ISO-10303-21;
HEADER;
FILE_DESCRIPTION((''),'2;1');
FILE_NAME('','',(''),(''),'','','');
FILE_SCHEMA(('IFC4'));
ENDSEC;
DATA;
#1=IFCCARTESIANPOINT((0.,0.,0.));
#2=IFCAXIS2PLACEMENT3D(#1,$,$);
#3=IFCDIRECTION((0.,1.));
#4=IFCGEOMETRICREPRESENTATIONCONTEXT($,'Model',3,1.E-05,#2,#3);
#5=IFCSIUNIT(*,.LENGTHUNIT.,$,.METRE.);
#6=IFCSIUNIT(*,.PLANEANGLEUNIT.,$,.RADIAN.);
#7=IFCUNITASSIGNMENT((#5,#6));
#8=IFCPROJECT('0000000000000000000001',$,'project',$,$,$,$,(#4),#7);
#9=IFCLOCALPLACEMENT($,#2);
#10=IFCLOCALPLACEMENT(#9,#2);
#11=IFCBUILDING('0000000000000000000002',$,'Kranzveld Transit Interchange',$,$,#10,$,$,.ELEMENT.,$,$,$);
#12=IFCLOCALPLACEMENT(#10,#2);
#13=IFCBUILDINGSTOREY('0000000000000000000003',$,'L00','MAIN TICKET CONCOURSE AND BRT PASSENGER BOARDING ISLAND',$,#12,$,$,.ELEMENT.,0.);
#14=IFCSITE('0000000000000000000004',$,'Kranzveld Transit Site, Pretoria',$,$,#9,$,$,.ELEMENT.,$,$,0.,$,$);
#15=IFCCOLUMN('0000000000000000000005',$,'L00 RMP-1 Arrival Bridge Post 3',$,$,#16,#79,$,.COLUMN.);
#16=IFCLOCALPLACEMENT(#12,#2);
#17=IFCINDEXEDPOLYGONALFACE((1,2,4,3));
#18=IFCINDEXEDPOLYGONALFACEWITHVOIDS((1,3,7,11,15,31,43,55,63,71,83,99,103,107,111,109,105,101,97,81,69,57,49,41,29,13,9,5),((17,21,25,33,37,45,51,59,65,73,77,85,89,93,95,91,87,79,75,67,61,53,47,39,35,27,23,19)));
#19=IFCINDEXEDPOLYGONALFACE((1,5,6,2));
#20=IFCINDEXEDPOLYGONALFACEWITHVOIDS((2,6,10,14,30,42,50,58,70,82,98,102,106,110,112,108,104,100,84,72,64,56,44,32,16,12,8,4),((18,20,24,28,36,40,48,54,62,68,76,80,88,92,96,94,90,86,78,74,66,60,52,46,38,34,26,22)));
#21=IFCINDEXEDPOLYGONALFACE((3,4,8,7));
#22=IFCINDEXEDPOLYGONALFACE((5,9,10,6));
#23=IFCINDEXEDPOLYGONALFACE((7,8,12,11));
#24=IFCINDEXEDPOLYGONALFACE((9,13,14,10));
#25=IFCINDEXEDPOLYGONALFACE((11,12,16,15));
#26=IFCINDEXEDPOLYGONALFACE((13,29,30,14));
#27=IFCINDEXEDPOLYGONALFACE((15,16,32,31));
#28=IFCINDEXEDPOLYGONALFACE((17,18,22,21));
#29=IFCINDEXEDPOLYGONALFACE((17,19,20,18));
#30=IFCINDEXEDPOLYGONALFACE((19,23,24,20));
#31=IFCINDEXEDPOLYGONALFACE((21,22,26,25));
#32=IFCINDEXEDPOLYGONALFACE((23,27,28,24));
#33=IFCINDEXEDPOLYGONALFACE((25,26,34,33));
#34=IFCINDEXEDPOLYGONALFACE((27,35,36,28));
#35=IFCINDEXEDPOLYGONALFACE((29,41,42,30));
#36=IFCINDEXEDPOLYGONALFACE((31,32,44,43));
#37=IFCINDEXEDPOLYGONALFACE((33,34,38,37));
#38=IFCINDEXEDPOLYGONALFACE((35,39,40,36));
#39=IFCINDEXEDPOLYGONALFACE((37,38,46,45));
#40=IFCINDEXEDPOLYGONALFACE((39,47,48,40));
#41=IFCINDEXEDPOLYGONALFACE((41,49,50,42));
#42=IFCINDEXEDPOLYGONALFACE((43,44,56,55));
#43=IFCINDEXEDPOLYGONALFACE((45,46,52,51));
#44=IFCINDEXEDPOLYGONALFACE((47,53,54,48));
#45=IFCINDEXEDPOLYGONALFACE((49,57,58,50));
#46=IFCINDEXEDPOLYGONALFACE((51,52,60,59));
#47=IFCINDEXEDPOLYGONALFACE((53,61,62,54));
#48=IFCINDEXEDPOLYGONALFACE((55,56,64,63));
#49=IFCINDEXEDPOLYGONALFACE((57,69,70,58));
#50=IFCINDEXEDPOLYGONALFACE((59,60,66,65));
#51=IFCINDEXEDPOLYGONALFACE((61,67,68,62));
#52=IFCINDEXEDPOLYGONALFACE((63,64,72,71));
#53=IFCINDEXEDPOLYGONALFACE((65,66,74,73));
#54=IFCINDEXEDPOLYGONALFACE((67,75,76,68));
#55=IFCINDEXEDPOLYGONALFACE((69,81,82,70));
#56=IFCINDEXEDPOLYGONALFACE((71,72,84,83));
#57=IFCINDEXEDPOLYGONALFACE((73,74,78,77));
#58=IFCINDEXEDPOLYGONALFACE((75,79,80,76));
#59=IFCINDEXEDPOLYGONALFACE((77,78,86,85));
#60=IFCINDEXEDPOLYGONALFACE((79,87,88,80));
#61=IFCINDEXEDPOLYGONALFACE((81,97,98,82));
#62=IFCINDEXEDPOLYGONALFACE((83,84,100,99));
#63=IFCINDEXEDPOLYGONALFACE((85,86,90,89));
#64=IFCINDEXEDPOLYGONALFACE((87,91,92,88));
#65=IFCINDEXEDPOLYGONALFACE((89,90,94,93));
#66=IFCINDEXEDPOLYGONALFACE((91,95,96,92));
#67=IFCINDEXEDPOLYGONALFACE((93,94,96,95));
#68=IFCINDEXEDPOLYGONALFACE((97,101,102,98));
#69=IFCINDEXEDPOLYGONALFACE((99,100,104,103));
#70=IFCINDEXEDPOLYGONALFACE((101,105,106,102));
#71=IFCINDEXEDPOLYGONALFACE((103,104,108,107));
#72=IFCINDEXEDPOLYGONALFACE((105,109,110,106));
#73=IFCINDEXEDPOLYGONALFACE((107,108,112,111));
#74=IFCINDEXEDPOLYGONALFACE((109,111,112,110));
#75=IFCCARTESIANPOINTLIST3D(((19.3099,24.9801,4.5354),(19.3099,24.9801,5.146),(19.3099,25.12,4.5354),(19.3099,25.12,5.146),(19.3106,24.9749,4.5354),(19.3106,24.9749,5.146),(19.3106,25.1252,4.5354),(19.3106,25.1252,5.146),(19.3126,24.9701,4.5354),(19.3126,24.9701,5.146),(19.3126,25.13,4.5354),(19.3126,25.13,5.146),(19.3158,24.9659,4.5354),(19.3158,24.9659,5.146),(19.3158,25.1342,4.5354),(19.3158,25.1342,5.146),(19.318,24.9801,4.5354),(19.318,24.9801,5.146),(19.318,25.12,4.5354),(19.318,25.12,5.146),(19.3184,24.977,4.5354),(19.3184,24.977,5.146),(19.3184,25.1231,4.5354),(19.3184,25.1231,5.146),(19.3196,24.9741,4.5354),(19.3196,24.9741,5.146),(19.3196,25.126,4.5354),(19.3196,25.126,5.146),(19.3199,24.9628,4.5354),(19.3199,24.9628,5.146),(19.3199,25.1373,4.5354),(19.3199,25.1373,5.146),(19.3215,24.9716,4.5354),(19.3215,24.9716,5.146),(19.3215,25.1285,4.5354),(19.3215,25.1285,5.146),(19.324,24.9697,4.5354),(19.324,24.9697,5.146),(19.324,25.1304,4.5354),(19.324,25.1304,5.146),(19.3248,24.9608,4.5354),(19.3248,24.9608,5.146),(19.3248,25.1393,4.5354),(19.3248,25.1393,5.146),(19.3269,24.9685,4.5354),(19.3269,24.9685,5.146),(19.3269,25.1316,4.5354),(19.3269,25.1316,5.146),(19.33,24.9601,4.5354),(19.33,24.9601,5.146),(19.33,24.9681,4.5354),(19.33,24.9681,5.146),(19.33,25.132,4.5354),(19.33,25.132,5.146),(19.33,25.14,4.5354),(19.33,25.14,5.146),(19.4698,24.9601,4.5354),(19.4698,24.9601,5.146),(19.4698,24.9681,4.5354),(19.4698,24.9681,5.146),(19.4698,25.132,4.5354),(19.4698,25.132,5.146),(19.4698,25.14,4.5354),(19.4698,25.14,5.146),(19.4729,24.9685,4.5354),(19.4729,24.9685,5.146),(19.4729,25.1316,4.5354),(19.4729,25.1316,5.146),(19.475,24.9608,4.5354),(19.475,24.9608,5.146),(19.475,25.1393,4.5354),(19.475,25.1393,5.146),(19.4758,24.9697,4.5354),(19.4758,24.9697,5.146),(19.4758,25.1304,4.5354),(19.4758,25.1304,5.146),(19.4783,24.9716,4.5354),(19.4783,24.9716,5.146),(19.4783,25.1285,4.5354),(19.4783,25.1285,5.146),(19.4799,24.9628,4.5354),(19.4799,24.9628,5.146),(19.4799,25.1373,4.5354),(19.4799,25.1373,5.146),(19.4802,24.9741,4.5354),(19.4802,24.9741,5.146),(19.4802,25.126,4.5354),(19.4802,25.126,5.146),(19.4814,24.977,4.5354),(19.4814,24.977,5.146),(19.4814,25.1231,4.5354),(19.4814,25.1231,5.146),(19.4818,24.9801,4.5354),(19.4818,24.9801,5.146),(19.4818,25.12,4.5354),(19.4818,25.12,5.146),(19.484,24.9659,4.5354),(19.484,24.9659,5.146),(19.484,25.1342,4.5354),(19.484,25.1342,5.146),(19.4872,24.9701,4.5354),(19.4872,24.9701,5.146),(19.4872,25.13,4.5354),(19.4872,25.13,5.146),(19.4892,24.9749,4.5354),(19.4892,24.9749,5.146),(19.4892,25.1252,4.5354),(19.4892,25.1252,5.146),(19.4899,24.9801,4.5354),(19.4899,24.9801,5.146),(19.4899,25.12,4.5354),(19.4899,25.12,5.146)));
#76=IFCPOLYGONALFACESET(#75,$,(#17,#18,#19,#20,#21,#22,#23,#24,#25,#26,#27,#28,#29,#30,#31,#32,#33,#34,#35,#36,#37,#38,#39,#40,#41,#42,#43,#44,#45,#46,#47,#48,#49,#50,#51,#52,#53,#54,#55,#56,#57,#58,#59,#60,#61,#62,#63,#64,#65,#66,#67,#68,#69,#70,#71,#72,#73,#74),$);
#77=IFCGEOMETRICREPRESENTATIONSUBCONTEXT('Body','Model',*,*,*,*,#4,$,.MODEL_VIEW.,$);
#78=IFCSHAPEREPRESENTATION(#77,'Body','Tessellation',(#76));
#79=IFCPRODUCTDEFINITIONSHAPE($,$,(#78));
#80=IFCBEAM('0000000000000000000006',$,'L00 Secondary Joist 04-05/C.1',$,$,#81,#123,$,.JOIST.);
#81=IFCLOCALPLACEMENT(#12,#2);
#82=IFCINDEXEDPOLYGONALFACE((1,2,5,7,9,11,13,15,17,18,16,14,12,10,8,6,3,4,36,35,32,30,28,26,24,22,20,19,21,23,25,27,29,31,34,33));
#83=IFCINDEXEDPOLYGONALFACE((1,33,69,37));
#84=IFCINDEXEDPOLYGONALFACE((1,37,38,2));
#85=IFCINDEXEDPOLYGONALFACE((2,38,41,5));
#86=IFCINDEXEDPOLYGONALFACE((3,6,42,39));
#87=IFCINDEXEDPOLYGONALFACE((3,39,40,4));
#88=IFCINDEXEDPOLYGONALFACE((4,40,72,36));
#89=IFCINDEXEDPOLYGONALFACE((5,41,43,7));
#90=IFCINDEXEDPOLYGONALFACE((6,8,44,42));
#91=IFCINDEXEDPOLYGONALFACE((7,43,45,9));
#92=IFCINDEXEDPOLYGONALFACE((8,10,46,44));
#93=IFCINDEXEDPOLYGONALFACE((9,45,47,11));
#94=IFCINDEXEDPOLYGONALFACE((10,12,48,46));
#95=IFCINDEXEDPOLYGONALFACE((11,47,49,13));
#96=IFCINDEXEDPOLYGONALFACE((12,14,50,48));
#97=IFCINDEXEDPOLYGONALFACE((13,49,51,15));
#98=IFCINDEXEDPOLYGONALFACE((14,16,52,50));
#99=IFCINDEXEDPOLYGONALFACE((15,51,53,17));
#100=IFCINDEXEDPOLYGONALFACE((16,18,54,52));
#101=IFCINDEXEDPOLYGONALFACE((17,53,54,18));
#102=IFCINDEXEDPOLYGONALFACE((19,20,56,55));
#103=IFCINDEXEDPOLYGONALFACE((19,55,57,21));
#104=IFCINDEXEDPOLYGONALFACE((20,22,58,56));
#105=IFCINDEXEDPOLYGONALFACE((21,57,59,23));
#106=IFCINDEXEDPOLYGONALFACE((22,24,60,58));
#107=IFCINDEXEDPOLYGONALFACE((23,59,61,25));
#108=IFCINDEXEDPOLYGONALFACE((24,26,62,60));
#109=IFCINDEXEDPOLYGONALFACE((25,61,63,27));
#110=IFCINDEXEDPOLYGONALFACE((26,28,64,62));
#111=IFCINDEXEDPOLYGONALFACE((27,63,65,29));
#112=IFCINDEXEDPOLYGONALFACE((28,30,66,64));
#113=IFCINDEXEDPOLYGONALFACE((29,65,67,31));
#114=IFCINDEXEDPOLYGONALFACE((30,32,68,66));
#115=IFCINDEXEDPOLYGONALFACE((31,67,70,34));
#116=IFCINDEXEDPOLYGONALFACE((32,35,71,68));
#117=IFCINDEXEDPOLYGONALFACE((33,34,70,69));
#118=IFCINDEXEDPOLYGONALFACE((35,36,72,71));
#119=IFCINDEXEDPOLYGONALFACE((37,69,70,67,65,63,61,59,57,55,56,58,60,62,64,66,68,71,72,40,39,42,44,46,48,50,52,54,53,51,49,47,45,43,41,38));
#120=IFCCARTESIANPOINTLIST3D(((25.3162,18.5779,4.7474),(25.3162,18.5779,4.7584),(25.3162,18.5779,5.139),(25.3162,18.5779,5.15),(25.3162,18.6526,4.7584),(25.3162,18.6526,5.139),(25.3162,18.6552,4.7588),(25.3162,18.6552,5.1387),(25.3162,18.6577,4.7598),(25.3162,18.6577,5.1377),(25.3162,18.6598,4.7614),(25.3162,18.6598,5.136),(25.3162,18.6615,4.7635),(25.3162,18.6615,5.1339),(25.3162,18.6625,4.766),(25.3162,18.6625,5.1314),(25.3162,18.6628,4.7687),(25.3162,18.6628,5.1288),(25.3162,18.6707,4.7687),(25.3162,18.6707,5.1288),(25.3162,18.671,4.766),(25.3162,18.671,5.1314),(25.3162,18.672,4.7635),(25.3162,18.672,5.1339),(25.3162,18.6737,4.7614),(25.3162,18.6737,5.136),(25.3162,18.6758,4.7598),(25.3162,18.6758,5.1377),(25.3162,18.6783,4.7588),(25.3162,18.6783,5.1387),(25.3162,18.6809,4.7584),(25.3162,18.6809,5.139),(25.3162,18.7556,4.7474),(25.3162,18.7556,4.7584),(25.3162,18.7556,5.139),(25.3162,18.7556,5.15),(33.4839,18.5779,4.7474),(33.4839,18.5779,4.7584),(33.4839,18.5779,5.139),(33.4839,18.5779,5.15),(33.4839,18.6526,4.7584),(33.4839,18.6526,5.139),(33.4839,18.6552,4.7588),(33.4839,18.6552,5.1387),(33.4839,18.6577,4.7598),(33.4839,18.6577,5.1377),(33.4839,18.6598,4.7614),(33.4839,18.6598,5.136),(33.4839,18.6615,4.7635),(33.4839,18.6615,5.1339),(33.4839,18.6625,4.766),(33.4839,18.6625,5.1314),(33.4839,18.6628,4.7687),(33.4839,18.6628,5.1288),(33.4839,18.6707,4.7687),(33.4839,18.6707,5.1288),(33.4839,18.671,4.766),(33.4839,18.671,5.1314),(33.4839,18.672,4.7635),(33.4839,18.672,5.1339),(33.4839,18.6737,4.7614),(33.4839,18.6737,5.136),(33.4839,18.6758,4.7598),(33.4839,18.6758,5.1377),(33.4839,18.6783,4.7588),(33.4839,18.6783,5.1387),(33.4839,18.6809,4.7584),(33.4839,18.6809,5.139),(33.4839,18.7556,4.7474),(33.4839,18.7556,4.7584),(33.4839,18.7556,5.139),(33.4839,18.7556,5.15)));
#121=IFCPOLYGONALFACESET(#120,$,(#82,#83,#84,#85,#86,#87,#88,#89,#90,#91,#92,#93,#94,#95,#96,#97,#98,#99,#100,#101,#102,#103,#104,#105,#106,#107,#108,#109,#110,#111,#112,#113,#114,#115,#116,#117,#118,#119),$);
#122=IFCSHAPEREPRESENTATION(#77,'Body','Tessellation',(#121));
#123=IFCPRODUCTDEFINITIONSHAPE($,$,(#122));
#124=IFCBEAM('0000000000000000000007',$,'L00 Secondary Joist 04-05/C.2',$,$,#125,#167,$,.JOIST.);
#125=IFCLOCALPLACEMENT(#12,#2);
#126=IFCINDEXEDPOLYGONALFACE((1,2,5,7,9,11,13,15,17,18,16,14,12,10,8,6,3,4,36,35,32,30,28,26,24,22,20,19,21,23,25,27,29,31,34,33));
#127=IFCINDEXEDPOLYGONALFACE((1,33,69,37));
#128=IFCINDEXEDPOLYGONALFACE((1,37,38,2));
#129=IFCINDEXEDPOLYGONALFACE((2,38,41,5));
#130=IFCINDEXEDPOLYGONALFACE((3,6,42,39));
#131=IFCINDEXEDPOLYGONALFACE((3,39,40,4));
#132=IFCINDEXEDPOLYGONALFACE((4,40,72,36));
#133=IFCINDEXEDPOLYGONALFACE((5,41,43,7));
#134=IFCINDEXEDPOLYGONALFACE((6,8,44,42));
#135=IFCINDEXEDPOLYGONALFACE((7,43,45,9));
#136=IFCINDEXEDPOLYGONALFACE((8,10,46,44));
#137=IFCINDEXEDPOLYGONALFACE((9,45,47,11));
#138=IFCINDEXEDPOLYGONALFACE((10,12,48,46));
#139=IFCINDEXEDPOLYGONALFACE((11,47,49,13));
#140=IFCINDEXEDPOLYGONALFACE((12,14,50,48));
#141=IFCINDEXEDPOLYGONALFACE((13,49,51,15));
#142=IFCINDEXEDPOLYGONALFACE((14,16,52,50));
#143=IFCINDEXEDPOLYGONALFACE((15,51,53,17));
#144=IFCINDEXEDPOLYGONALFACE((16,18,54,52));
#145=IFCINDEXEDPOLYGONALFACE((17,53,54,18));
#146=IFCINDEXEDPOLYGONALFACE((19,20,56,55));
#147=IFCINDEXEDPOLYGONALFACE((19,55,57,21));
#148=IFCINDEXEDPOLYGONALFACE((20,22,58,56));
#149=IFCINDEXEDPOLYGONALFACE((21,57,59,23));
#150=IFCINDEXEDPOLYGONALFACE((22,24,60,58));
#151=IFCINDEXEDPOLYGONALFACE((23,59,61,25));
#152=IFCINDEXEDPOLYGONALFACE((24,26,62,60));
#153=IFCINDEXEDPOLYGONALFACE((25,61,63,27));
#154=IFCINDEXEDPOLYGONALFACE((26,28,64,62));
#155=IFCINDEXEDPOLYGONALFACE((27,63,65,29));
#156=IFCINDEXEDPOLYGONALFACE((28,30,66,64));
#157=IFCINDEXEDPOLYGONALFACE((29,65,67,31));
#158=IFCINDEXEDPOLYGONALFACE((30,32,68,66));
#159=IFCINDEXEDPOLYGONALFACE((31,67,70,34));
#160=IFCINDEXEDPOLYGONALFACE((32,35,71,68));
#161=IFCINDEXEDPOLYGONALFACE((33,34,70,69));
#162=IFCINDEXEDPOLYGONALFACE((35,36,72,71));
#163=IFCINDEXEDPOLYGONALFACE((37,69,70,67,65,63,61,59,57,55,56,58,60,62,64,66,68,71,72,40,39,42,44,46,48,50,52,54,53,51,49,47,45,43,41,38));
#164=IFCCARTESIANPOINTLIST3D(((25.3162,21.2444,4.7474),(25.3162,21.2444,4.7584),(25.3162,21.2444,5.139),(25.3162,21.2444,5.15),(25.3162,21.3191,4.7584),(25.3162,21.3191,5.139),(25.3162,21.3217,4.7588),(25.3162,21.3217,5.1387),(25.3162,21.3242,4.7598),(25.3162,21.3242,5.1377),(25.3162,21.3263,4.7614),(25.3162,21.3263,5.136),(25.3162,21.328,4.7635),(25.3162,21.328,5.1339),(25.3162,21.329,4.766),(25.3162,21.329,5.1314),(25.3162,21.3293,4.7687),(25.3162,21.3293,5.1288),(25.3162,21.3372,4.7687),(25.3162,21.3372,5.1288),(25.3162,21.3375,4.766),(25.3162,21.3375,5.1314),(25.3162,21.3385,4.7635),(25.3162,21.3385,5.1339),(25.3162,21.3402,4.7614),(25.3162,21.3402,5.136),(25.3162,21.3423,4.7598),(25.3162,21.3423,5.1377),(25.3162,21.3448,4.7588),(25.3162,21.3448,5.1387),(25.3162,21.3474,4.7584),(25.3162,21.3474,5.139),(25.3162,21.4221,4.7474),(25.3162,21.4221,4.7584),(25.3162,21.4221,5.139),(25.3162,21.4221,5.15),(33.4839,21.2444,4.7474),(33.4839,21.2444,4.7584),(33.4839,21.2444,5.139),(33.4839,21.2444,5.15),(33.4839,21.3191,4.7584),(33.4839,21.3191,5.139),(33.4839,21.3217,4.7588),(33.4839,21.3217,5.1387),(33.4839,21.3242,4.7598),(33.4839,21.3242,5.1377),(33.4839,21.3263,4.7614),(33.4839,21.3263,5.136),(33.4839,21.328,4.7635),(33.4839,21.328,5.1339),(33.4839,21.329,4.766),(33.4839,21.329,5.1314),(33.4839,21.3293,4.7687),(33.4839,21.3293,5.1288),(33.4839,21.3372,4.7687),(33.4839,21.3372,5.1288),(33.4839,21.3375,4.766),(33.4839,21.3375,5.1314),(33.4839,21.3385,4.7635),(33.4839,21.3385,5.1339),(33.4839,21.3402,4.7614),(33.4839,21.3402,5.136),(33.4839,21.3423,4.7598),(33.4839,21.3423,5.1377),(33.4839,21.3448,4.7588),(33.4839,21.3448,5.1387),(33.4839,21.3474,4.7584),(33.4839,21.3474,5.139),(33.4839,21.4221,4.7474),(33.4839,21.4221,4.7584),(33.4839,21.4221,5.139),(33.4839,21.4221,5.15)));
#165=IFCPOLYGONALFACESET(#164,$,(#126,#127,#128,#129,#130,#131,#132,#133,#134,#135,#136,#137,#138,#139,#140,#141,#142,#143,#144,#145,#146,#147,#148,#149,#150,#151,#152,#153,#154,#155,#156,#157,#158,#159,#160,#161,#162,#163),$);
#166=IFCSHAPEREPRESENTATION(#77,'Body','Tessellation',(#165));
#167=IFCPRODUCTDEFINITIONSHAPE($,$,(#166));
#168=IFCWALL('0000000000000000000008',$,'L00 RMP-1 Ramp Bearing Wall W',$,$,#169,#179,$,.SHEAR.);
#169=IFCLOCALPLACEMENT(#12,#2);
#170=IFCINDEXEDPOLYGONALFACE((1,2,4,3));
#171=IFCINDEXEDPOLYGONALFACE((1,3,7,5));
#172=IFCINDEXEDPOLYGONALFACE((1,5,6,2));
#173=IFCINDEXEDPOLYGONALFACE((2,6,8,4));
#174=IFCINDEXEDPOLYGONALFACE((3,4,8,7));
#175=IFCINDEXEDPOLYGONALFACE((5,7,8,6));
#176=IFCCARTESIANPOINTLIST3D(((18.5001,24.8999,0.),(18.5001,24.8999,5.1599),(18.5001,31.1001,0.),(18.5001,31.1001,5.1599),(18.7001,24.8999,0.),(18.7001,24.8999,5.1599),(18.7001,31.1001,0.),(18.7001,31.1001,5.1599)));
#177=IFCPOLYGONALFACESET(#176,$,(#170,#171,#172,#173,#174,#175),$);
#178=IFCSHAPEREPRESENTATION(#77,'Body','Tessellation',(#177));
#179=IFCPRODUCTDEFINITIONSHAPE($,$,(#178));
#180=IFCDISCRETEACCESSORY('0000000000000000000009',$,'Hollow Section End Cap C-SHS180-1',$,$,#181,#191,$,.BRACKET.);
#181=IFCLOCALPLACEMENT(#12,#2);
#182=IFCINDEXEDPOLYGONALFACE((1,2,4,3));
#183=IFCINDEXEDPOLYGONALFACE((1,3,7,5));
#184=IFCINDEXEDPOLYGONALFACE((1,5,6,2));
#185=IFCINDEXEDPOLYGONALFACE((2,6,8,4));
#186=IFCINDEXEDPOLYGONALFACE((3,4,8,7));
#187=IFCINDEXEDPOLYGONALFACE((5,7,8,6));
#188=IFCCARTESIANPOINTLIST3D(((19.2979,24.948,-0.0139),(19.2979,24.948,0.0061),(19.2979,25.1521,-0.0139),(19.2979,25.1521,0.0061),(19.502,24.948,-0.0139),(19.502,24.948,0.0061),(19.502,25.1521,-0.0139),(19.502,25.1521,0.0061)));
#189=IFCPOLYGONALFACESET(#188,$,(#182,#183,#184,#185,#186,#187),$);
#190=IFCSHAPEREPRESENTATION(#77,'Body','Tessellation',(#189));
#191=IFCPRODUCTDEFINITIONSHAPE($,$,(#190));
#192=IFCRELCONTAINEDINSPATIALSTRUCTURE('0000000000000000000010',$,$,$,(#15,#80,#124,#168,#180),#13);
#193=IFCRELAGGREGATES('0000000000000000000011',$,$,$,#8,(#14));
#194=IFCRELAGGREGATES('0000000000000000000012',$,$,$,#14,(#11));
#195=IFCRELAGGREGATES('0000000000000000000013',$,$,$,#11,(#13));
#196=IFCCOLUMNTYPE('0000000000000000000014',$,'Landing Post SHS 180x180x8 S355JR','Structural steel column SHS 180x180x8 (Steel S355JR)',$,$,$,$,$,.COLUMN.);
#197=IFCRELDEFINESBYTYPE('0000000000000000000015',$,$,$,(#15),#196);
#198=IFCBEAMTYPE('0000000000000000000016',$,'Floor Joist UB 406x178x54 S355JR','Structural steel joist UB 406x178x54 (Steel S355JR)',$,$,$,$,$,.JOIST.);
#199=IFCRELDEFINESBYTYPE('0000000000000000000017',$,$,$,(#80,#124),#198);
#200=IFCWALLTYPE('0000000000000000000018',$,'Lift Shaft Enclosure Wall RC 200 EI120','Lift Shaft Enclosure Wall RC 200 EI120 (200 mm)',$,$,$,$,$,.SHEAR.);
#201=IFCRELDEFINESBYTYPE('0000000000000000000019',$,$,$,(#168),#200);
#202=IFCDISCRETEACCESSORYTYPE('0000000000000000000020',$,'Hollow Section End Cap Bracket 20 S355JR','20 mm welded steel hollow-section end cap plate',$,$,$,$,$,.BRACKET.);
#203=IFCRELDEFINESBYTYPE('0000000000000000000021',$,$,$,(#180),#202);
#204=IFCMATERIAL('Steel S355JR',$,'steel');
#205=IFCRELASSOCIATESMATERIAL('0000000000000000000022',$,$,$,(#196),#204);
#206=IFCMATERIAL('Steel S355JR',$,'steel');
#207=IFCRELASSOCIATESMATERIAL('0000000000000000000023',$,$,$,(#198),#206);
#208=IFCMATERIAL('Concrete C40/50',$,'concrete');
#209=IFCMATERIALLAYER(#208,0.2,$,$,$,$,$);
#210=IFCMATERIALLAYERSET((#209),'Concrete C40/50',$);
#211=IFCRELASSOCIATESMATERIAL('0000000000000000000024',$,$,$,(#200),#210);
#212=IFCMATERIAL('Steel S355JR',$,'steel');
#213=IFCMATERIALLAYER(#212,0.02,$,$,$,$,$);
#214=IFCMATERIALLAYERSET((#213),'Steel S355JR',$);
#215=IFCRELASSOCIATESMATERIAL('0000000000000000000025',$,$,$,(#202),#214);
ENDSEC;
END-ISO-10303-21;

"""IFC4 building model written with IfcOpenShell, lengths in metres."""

from ifc_helpers import new_model, si_unit, direction, frame, frame_2d, origin, origin_2d, place, context, subcontext, project, spatial, rectangle, hollow_rectangle, i_section, extrude, material, layer, layer_set, material_profile, profile_set, type_object, element, save


model = new_model("IFC4")

# Units and contexts
model_context = context("Model", 3, precision=1e-05, world=origin(), true_north=direction((0.0, 1.0)))
body_context = subcontext(model_context, "Body", "Model", "MODEL_VIEW")
ifc_project = project(units=[si_unit("LENGTHUNIT", "METRE"), si_unit("PLANEANGLEUNIT", "RADIAN")], contexts=[model_context])

# Site, building, storey
site_placement = place(None, origin())
site = spatial("IfcSite", under=ifc_project, at=site_placement, Name="Kranzveld Transit Site, Pretoria", CompositionType="ELEMENT", RefElevation=0.0)
building_placement = place(site_placement, origin())
building = spatial("IfcBuilding", under=site, at=building_placement, Name="Kranzveld Transit Interchange", CompositionType="ELEMENT")
storey_placement = place(building_placement, origin())
storey = spatial("IfcBuildingStorey", under=building, at=storey_placement, Name="L00", Description="MAIN TICKET CONCOURSE AND BRT PASSENGER BOARDING ISLAND", CompositionType="ELEMENT", Elevation=0.0)

# Column
ifc_material_1 = material(Name="Steel S355JR", Category="steel")
ifc_material_profile_1 = material_profile(ifc_material_1, hollow_rectangle(XDim=0.1799, YDim=0.1799, WallThickness=0.0081, InnerFilletRadius=0.012, OuterFilletRadius=0.02, at=origin_2d()), Name="SHS 180x180x8")
ifc_profile_set_1 = profile_set([ifc_material_profile_1], Name="Steel S355JR")
column_type_1 = type_object("IfcColumnType", Name="Landing Post SHS 180x180x8 S355JR", Description="Structural steel column SHS 180x180x8 (Steel S355JR)", PredefinedType="COLUMN", material=ifc_profile_set_1)
column_1_placement = place(storey_placement, frame((19.3999, 25.05, 4.5354), z_axis=(0.0, 0.0, 1.0), x_axis=(1.0, 0.0, 0.0)))
element("IfcColumn", 1, at=column_1_placement, inside=storey, type_object=column_type_1, Name="L00 RMP-1 Arrival Bridge Post 3", PredefinedType="COLUMN", context=body_context, shape_type="SweptSolid", body=[
    extrude(hollow_rectangle(XDim=0.1799, YDim=0.1799, WallThickness=0.0081, InnerFilletRadius=0.012, OuterFilletRadius=0.02, at=origin_2d()), origin(), (0.0, 0.0, 1.0), 0.6106),
])

# Beams
ifc_material_2 = material(Name="Steel S355JR", Category="steel")
ifc_material_profile_2 = material_profile(ifc_material_2, i_section(OverallWidth=0.1777, OverallDepth=0.4026, WebThickness=0.0078, FlangeThickness=0.011, FilletRadius=0.0103, at=origin_2d()), Name="UB 406x178x54")
ifc_profile_set_2 = profile_set([ifc_material_profile_2], Name="Steel S355JR")
beam_type = type_object("IfcBeamType", Name="Floor Joist UB 406x178x54 S355JR", Description="Structural steel joist UB 406x178x54 (Steel S355JR)", PredefinedType="JOIST", material=ifc_profile_set_2)
for number, where, z_axis, x_axis, name in (
    (2, (25.3162, 18.6667, 4.9487), (1.0, 0.0, 0.0), (0.0, 1.0, 0.0), "L00 Secondary Joist 04-05/C.1"),
    (3, (25.3162, 21.3333, 4.9487), (1.0, 0.0, 0.0), (0.0, 1.0, 0.0), "L00 Secondary Joist 04-05/C.2"),
):
    element("IfcBeam", number, at=place(storey_placement, frame(where, z_axis=z_axis, x_axis=x_axis)), inside=storey, type_object=beam_type, Name=name, PredefinedType="JOIST", context=body_context, shape_type="SweptSolid", body=[
        extrude(i_section(OverallWidth=0.1777, OverallDepth=0.4026, WebThickness=0.0078, FlangeThickness=0.011, FilletRadius=0.0103, at=origin_2d()), origin(), (0.0, 0.0, 1.0), 8.1677),
    ])

# Wall
ifc_material_3 = material(Name="Concrete C40/50", Category="concrete")
ifc_layer_1 = layer(ifc_material_3, 0.2)
ifc_layer_set_1 = layer_set([ifc_layer_1], Name="Concrete C40/50")
wall_type = type_object("IfcWallType", Name="Lift Shaft Enclosure Wall RC 200 EI120", Description="Lift Shaft Enclosure Wall RC 200 EI120 (200 mm)", PredefinedType="SHEAR", material=ifc_layer_set_1)
wall_placement = place(storey_placement, frame((18.6001, 24.8999, 0.0), z_axis=(0.0, 0.0, 1.0), x_axis=(0.0, 1.0, 0.0)))
element("IfcWall", 4, at=wall_placement, inside=storey, type_object=wall_type, Name="L00 RMP-1 Ramp Bearing Wall W", PredefinedType="SHEAR", context=body_context, shape_type="SweptSolid", body=[
    extrude(rectangle(XDim=6.2002, YDim=0.2, at=frame_2d((3.1001, 0.0))), origin(), (0.0, 0.0, 1.0), 5.1599),
])

# Discrete accessory
ifc_material_4 = material(Name="Steel S355JR", Category="steel")
ifc_layer_2 = layer(ifc_material_4, 0.02)
ifc_layer_set_2 = layer_set([ifc_layer_2], Name="Steel S355JR")
discrete_accessory_type = type_object("IfcDiscreteAccessoryType", Name="Hollow Section End Cap Bracket 20 S355JR", Description="20 mm welded steel hollow-section end cap plate", PredefinedType="BRACKET", material=ifc_layer_set_2)
for number, where, z_axis, x_axis, name in (
    (5, (19.3999, 25.05, 0.0061), (0.0, 0.0, -1.0), (1.0, 0.0, 0.0), "Hollow Section End Cap C-SHS180-1"),
):
    element("IfcDiscreteAccessory", number, at=place(storey_placement, frame(where, z_axis=z_axis, x_axis=x_axis)), inside=storey, type_object=discrete_accessory_type, Name=name, PredefinedType="BRACKET", context=body_context, shape_type="SweptSolid", body=[
        extrude(rectangle(XDim=0.2041, YDim=0.2041, at=origin_2d()), origin(), (0.0, 0.0, 1.0), 0.02),
    ])

save(model, "model.ifc")
